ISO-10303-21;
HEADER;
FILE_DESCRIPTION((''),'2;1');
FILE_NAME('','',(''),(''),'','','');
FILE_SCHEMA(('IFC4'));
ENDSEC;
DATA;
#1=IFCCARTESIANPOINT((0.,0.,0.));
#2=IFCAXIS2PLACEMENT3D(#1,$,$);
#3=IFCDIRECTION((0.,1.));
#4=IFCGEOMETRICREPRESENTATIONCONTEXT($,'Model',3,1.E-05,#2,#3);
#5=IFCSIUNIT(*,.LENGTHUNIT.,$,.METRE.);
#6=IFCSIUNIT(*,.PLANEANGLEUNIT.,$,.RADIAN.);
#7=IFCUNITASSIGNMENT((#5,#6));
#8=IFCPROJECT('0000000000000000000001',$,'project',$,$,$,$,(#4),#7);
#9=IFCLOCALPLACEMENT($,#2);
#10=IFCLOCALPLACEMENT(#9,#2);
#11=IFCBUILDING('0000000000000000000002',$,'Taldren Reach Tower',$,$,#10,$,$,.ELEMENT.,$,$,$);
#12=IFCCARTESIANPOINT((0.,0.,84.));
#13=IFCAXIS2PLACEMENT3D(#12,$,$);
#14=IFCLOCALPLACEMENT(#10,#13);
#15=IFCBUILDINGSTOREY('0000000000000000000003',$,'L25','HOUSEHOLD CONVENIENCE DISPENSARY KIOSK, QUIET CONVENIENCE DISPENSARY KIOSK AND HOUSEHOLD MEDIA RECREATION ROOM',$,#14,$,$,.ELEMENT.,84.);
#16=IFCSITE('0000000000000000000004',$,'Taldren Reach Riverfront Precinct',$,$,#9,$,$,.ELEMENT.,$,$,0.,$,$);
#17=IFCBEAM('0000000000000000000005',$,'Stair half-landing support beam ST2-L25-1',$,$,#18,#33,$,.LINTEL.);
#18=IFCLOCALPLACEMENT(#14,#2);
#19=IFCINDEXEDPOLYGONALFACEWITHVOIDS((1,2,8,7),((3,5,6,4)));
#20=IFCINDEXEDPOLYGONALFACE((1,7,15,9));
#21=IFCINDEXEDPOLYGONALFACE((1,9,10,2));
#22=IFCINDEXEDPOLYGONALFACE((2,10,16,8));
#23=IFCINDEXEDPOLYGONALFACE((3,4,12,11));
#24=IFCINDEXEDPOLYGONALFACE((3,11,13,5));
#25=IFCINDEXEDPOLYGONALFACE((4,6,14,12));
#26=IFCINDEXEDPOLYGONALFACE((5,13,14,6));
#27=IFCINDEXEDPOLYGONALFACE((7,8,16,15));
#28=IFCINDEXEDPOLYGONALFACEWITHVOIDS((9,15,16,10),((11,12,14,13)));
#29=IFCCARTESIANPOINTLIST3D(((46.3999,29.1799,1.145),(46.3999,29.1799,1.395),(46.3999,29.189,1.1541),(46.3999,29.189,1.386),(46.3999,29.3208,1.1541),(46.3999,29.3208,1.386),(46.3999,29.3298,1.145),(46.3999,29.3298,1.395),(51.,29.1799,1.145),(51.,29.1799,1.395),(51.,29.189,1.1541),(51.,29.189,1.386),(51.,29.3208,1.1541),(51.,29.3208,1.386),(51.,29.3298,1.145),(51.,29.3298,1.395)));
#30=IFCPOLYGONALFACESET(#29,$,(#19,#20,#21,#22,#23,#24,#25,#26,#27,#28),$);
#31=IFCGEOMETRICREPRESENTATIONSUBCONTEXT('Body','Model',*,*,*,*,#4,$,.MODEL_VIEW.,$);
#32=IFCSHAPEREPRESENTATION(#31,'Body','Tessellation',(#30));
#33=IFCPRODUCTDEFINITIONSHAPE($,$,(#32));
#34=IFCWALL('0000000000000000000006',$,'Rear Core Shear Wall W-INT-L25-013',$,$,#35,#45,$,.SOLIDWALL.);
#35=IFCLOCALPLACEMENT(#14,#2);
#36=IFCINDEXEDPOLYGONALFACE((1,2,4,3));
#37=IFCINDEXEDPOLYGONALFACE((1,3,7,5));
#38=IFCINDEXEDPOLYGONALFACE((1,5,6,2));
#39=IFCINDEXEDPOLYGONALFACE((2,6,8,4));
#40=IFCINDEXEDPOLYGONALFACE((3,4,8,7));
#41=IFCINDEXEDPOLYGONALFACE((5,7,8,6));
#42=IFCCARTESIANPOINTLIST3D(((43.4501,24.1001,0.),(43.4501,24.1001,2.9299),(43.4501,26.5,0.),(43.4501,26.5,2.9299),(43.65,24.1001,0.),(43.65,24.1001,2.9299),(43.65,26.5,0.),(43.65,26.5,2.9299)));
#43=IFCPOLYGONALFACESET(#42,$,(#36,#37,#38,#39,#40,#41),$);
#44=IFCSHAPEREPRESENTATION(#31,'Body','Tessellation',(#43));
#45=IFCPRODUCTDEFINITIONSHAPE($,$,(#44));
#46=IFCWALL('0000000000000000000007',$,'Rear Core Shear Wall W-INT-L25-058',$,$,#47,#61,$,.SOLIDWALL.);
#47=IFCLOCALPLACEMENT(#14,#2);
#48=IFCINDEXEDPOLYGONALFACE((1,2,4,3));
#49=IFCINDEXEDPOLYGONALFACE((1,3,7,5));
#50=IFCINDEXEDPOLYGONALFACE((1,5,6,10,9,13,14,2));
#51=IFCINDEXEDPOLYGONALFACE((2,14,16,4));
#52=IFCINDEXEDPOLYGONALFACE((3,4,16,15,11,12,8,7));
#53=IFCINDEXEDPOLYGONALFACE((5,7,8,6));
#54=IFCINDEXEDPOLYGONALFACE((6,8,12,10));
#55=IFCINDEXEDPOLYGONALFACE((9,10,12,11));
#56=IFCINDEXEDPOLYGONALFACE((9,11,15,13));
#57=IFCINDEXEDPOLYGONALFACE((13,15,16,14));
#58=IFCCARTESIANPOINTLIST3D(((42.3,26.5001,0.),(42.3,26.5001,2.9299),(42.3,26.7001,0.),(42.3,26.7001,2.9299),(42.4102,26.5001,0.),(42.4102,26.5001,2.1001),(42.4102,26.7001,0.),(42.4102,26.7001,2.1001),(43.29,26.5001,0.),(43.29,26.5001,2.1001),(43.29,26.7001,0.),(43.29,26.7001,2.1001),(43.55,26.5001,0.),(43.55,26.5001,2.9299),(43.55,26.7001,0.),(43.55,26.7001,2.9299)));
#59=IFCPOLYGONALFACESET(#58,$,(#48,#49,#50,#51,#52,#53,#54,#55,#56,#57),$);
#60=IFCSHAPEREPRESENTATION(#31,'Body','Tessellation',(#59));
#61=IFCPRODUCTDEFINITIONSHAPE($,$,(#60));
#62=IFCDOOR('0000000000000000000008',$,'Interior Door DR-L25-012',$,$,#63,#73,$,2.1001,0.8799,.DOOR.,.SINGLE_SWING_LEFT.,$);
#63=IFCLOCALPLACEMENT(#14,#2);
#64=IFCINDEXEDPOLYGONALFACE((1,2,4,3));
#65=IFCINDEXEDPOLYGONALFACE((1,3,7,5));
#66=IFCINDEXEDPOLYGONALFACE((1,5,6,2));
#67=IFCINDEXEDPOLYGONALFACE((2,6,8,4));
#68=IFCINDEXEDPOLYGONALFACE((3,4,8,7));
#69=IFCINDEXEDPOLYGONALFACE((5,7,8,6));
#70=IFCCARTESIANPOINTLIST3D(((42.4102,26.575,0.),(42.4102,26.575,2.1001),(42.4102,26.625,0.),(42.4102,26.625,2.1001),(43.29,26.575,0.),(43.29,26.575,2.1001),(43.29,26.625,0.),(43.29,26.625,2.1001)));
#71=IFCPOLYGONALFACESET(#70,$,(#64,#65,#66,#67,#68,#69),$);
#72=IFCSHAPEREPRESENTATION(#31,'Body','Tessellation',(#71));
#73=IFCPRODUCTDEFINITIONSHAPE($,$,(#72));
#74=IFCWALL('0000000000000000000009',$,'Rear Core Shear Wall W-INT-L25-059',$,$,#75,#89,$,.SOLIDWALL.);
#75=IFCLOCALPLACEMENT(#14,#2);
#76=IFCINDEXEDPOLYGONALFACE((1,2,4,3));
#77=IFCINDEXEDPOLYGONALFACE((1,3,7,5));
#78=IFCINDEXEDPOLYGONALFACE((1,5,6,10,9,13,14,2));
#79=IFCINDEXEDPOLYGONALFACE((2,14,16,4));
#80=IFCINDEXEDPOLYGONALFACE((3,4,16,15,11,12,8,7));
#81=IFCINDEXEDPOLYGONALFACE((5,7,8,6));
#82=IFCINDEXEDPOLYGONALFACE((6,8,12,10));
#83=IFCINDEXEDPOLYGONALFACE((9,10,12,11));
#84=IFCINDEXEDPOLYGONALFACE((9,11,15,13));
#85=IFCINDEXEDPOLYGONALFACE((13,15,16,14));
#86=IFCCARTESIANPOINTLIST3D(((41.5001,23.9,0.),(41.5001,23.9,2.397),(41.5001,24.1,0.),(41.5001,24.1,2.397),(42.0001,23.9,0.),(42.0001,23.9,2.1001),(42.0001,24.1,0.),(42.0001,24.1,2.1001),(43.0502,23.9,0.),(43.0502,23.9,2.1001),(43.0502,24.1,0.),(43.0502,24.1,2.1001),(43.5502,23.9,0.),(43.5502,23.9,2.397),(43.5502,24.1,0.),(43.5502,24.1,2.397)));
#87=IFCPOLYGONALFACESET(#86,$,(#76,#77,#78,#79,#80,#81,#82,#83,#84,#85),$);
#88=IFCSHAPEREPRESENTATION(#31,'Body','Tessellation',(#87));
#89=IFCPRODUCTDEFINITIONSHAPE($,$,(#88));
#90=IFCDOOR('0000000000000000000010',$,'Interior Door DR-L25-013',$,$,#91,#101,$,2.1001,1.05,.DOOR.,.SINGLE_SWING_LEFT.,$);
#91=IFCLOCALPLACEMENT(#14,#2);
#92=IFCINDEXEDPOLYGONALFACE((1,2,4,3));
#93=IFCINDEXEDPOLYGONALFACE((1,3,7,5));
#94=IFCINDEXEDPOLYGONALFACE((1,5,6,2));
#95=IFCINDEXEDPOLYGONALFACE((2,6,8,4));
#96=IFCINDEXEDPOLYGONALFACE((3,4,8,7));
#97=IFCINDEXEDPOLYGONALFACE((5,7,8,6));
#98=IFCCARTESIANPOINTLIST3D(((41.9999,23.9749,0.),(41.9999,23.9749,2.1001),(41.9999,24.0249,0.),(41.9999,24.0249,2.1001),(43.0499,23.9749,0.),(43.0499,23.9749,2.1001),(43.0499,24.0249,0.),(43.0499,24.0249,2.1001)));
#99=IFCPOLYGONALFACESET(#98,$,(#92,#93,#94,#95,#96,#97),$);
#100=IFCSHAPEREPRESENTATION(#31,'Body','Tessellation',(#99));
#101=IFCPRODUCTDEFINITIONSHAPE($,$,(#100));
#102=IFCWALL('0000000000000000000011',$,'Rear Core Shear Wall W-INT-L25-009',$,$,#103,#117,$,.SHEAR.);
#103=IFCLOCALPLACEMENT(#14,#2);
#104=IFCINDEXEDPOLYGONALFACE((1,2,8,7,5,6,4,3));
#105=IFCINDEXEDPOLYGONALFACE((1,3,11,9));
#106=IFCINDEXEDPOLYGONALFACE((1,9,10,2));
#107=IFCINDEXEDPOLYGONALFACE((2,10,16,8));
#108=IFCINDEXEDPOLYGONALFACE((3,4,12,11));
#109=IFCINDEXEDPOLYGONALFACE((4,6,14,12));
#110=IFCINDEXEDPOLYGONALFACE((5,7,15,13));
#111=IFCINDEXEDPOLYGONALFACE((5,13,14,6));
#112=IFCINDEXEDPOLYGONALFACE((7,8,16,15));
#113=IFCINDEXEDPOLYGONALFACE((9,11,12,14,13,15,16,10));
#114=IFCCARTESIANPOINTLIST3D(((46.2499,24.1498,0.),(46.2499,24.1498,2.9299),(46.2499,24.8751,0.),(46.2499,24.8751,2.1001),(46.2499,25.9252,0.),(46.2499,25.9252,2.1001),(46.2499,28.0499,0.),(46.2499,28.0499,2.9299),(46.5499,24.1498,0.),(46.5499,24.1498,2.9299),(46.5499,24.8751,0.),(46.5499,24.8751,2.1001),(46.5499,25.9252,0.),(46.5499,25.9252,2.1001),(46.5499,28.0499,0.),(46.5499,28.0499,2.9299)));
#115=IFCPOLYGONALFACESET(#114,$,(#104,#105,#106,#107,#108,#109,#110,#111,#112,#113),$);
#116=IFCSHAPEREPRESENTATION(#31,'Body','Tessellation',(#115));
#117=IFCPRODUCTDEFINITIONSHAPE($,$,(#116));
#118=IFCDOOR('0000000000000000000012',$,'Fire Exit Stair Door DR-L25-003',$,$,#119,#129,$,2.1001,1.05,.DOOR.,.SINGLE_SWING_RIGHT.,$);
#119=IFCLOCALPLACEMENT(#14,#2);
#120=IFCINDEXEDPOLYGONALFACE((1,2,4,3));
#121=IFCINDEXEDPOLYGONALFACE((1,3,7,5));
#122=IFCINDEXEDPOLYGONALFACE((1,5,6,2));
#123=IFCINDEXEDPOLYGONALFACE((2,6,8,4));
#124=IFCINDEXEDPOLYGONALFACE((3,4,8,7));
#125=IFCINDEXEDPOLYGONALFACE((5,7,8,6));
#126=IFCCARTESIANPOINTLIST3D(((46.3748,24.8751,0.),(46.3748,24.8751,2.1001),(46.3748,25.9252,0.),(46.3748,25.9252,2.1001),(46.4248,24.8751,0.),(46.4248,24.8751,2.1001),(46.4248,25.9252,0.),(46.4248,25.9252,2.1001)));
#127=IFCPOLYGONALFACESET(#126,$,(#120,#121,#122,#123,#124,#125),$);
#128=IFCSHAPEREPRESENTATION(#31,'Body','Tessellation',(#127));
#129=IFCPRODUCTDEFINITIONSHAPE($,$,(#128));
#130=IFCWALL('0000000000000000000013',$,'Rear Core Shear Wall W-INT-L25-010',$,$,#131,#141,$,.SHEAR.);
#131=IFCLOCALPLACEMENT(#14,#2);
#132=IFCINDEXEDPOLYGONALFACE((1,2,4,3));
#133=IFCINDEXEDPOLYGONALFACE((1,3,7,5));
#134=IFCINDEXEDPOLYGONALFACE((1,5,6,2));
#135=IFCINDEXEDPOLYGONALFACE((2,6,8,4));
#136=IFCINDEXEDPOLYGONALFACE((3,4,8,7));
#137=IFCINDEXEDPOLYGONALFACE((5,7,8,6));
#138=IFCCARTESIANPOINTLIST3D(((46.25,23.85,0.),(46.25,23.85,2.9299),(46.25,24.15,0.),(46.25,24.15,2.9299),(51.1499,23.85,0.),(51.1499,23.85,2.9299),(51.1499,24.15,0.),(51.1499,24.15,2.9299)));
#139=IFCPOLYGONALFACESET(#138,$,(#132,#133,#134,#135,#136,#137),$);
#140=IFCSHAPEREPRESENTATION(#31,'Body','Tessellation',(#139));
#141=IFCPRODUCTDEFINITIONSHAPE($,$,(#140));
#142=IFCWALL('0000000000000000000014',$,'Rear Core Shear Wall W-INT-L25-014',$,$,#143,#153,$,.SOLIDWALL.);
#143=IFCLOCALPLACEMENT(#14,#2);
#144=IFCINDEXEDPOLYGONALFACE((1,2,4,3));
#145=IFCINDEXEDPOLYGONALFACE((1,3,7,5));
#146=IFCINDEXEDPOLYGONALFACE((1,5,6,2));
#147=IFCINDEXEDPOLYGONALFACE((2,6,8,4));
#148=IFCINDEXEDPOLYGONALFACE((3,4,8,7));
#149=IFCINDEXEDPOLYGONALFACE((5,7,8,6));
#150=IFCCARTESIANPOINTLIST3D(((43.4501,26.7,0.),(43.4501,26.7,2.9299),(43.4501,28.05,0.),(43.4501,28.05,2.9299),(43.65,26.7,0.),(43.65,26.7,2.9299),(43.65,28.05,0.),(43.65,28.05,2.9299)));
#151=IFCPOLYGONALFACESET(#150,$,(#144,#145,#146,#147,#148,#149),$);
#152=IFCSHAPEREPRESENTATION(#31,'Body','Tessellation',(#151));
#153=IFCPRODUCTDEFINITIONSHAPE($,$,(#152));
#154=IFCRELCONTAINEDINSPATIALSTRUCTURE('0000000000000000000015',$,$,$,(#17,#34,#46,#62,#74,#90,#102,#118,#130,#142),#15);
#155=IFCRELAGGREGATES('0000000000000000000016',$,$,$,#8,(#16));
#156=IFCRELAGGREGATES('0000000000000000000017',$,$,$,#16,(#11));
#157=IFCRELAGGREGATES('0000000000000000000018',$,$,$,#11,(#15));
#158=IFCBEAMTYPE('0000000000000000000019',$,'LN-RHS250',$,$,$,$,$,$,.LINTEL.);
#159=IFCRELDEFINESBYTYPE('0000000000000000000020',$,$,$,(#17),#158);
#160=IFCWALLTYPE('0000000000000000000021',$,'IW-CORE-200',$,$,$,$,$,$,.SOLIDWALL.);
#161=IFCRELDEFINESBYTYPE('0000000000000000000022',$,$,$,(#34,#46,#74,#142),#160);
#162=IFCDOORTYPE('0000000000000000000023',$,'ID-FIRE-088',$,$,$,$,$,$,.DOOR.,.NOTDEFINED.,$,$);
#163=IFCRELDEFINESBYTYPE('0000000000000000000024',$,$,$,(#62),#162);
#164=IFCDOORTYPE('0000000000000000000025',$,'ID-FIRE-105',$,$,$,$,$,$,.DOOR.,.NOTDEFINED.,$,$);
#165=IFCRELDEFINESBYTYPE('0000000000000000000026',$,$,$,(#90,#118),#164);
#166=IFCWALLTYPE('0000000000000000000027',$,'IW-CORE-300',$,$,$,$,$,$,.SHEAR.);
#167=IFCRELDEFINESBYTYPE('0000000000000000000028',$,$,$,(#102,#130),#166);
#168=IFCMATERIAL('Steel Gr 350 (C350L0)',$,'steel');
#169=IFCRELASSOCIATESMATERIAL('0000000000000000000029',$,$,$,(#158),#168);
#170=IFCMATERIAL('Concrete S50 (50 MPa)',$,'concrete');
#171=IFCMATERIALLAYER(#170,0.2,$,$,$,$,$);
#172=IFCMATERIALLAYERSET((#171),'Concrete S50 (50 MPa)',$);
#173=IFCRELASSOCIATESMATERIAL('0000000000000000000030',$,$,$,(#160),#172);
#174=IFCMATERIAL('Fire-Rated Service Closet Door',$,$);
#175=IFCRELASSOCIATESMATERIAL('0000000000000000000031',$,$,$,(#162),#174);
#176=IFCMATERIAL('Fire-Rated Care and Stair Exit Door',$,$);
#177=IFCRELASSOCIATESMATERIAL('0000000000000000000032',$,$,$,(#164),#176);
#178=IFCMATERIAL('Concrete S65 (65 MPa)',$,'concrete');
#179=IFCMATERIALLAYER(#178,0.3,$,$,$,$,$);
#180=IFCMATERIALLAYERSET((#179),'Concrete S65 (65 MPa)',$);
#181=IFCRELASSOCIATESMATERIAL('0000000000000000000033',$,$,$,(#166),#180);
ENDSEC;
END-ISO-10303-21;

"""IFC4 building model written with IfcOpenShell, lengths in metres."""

from ifc_helpers import new_model, si_unit, direction, frame, frame_2d, origin, origin_2d, place, context, subcontext, project, spatial, rectangle, hollow_rectangle, extrude, source, transform, mapped, material, layer, layer_set, material_profile, profile_set, type_object, element, fill, save


model = new_model("IFC4")

# Units and contexts
model_context = context("Model", 3, precision=1e-05, world=origin(), true_north=direction((0.0, 1.0)))
body_context = subcontext(model_context, "Body", "Model", "MODEL_VIEW")
ifc_project = project(units=[si_unit("LENGTHUNIT", "METRE"), si_unit("PLANEANGLEUNIT", "RADIAN")], contexts=[model_context])

# Site, building, storey
site_placement = place(None, origin())
site = spatial("IfcSite", under=ifc_project, at=site_placement, Name="Taldren Reach Riverfront Precinct", CompositionType="ELEMENT", RefElevation=0.0)
building_placement = place(site_placement, origin())
building = spatial("IfcBuilding", under=site, at=building_placement, Name="Taldren Reach Tower", CompositionType="ELEMENT")
storey_placement = place(building_placement, frame((0.0, 0.0, 84.0)))
storey = spatial("IfcBuildingStorey", under=building, at=storey_placement, Name="L25", Description="HOUSEHOLD CONVENIENCE DISPENSARY KIOSK, QUIET CONVENIENCE DISPENSARY KIOSK AND HOUSEHOLD MEDIA RECREATION ROOM", CompositionType="ELEMENT", Elevation=84.0)

# Beam
ifc_material_1 = material(Name="Steel Gr 350 (C350L0)", Category="steel")
ifc_material_profile = material_profile(ifc_material_1, hollow_rectangle(XDim=0.1499, YDim=0.25, WallThickness=0.009, at=origin_2d()), Name="250x150x9.0RHS")
ifc_profile_set = profile_set([ifc_material_profile], Name="Steel Gr 350 (C350L0)")
beam_type = type_object("IfcBeamType", Name="LN-RHS250", PredefinedType="LINTEL", material=ifc_profile_set)
shared_shape_1 = source(origin(), body_context, "Body", "SweptSolid", [
    extrude(hollow_rectangle(XDim=0.1499, YDim=0.25, WallThickness=0.009, at=origin_2d()), origin(), (0.0, 0.0, 1.0), 4.6001),
])
beam_placement = place(storey_placement, frame((46.3999, 29.2549, 1.27), z_axis=(1.0, 0.0, 0.0), x_axis=(0.0, 1.0, 0.0)))
element("IfcBeam", 1, at=beam_placement, inside=storey, type_object=beam_type, Name="Stair half-landing support beam ST2-L25-1", PredefinedType="LINTEL", context=body_context, shape_type="MappedRepresentation", body=[
    mapped(shared_shape_1, transform((0.0, 0.0, 0.0), scale=1.0)),
])

# Wall
ifc_material_2 = material(Name="Concrete S50 (50 MPa)", Category="concrete")
ifc_layer_1 = layer(ifc_material_2, 0.2)
ifc_layer_set_1 = layer_set([ifc_layer_1], Name="Concrete S50 (50 MPa)")
wall_type_1 = type_object("IfcWallType", Name="IW-CORE-200", PredefinedType="SOLIDWALL", material=ifc_layer_set_1)
shared_shape_2 = source(origin(), body_context, "Body", "SweptSolid", [
    extrude(rectangle(XDim=2.3999, YDim=0.2, at=frame_2d((1.2, 0.0))), origin(), (0.0, 0.0, 1.0), 2.9299),
])
wall_1_placement = place(storey_placement, frame((43.55, 26.5, 0.0), z_axis=(0.0, 0.0, 1.0), x_axis=(0.0, -1.0, 0.0)))
element("IfcWall", 2, at=wall_1_placement, inside=storey, type_object=wall_type_1, Name="Rear Core Shear Wall W-INT-L25-013", PredefinedType="SOLIDWALL", context=body_context, shape_type="MappedRepresentation", body=[
    mapped(shared_shape_2, transform((0.0, 0.0, 0.0), scale=1.0)),
])

# Walls, openings, doors
shared_shape_3 = source(origin(), body_context, "Body", "SweptSolid", [
    extrude(rectangle(XDim=1.25, YDim=0.2, at=frame_2d((0.625, 0.0))), origin(), (0.0, 0.0, 1.0), 2.9299),
])
wall_2_placement = place(storey_placement, frame((42.3, 26.6001, 0.0), z_axis=(0.0, 0.0, 1.0), x_axis=(1.0, 0.0, 0.0)))
wall_2 = element("IfcWall", 3, at=wall_2_placement, inside=storey, type_object=wall_type_1, Name="Rear Core Shear Wall W-INT-L25-058", PredefinedType="SOLIDWALL", context=body_context, shape_type="MappedRepresentation", body=[
    mapped(shared_shape_3, transform((0.0, 0.0, 0.0), scale=1.0)),
])
shared_shape_4 = source(origin(), body_context, "Body", "SweptSolid", [
    extrude(rectangle(XDim=0.8799, YDim=2.1001, at=frame_2d((0.4399, 1.05))), frame((0.0, 0.1099, 0.0), z_axis=(0.0, -1.0, 0.0), x_axis=(1.0, 0.0, 0.0)), (0.0, 0.0, 1.0), 0.22),
])
opening_1_placement = place(wall_2_placement, frame((0.1101, 0.0, 0.0)))
opening_1 = element("IfcOpeningElement", 4, at=opening_1_placement, cuts=wall_2, PredefinedType="OPENING", context=body_context, shape_type="MappedRepresentation", body=[
    mapped(shared_shape_4, transform((0.0, 0.0, 0.0), scale=1.0)),
])
ifc_material_3 = material(Name="Fire-Rated Service Closet Door")
door_type_1 = type_object("IfcDoorType", Name="ID-FIRE-088", OperationType="NOTDEFINED", PredefinedType="DOOR", material=ifc_material_3)
shared_shape_5 = source(origin(), body_context, "Body", "SweptSolid", [
    extrude(rectangle(XDim=0.8799, YDim=2.1001, at=frame_2d((0.4399, 1.05))), frame((0.0, 0.0249, 0.0), z_axis=(0.0, -1.0, 0.0), x_axis=(1.0, 0.0, 0.0)), (0.0, 0.0, 1.0), 0.05),
])
door_1_placement = place(opening_1_placement, origin())
door_1 = element("IfcDoor", 5, at=door_1_placement, inside=storey, type_object=door_type_1, Name="Interior Door DR-L25-012", OperationType="SINGLE_SWING_LEFT", OverallHeight=2.1001, OverallWidth=0.8799, PredefinedType="DOOR", context=body_context, shape_type="MappedRepresentation", body=[
    mapped(shared_shape_5, transform((0.0, 0.0, 0.0), scale=1.0)),
])
fill(opening_1, door_1)
shared_shape_6 = source(origin(), body_context, "Body", "SweptSolid", [
    extrude(rectangle(XDim=2.05, YDim=0.2, at=frame_2d((1.0249, 0.0))), origin(), (0.0, 0.0, 1.0), 2.397),
])
wall_3_placement = place(storey_placement, frame((43.55, 24.0, 0.0), z_axis=(0.0, 0.0, 1.0), x_axis=(-1.0, 0.0, 0.0)))
wall_3 = element("IfcWall", 6, at=wall_3_placement, inside=storey, type_object=wall_type_1, Name="Rear Core Shear Wall W-INT-L25-059", PredefinedType="SOLIDWALL", context=body_context, shape_type="MappedRepresentation", body=[
    mapped(shared_shape_6, transform((0.0, 0.0, 0.0), scale=1.0)),
])
shared_shape_7 = source(origin(), body_context, "Body", "SweptSolid", [
    extrude(rectangle(XDim=1.05, YDim=2.1001, at=frame_2d((0.5249, 1.05))), frame((0.0, 0.1099, 0.0), z_axis=(0.0, -1.0, 0.0), x_axis=(1.0, 0.0, 0.0)), (0.0, 0.0, 1.0), 0.22),
])
opening_2_placement = place(wall_3_placement, frame((0.5, 0.0, 0.0)))
opening_2 = element("IfcOpeningElement", 7, at=opening_2_placement, cuts=wall_3, PredefinedType="OPENING", context=body_context, shape_type="MappedRepresentation", body=[
    mapped(shared_shape_7, transform((0.0, 0.0, 0.0), scale=1.0)),
])
ifc_material_4 = material(Name="Fire-Rated Care and Stair Exit Door")
door_type_2 = type_object("IfcDoorType", Name="ID-FIRE-105", OperationType="NOTDEFINED", PredefinedType="DOOR", material=ifc_material_4)
shared_shape_8 = source(origin(), body_context, "Body", "SweptSolid", [
    extrude(rectangle(XDim=1.05, YDim=2.1001, at=frame_2d((0.5249, 1.05))), frame((0.0, 0.0249, 0.0), z_axis=(0.0, -1.0, 0.0), x_axis=(1.0, 0.0, 0.0)), (0.0, 0.0, 1.0), 0.05),
])
door_2_placement = place(opening_2_placement, frame((1.05, 0.0, 0.0), z_axis=(0.0, 0.0, 1.0), x_axis=(-1.0, 0.0, 0.0)))
door_2 = element("IfcDoor", 8, at=door_2_placement, inside=storey, type_object=door_type_2, Name="Interior Door DR-L25-013", OperationType="SINGLE_SWING_LEFT", OverallHeight=2.1001, OverallWidth=1.05, PredefinedType="DOOR", context=body_context, shape_type="MappedRepresentation", body=[
    mapped(shared_shape_8, transform((0.0, 0.0, 0.0), scale=1.0)),
])
fill(opening_2, door_2)
ifc_material_5 = material(Name="Concrete S65 (65 MPa)", Category="concrete")
ifc_layer_2 = layer(ifc_material_5, 0.3)
ifc_layer_set_2 = layer_set([ifc_layer_2], Name="Concrete S65 (65 MPa)")
wall_type_2 = type_object("IfcWallType", Name="IW-CORE-300", PredefinedType="SHEAR", material=ifc_layer_set_2)
shared_shape_9 = source(origin(), body_context, "Body", "SweptSolid", [
    extrude(rectangle(XDim=3.9001, YDim=0.3, at=frame_2d((1.9502, 0.0))), origin(), (0.0, 0.0, 1.0), 2.9299),
])
wall_4_placement = place(storey_placement, frame((46.3999, 28.05, 0.0), z_axis=(0.0, 0.0, 1.0), x_axis=(0.0, -1.0, 0.0)))
wall_4 = element("IfcWall", 9, at=wall_4_placement, inside=storey, type_object=wall_type_2, Name="Rear Core Shear Wall W-INT-L25-009", PredefinedType="SHEAR", context=body_context, shape_type="MappedRepresentation", body=[
    mapped(shared_shape_9, transform((0.0, 0.0, 0.0), scale=1.0)),
])
shared_shape_10 = source(origin(), body_context, "Body", "SweptSolid", [
    extrude(rectangle(XDim=1.05, YDim=2.1001, at=frame_2d((0.5249, 1.05))), frame((0.0, 0.1602, 0.0), z_axis=(0.0, -1.0, 0.0), x_axis=(1.0, 0.0, 0.0)), (0.0, 0.0, 1.0), 0.3201),
])
opening_3_placement = place(wall_4_placement, frame((2.125, 0.0, 0.0)))
opening_3 = element("IfcOpeningElement", 10, at=opening_3_placement, cuts=wall_4, PredefinedType="OPENING", context=body_context, shape_type="MappedRepresentation", body=[
    mapped(shared_shape_10, transform((0.0, 0.0, 0.0), scale=1.0)),
])
door_3_placement = place(opening_3_placement, origin())
door_3 = element("IfcDoor", 11, at=door_3_placement, inside=storey, type_object=door_type_2, Name="Fire Exit Stair Door DR-L25-003", OperationType="SINGLE_SWING_RIGHT", OverallHeight=2.1001, OverallWidth=1.05, PredefinedType="DOOR", context=body_context, shape_type="MappedRepresentation", body=[
    mapped(shared_shape_8, transform((0.0, 0.0, 0.0), scale=1.0)),
])
fill(opening_3, door_3)

# Wall
shared_shape_11 = source(origin(), body_context, "Body", "SweptSolid", [
    extrude(rectangle(XDim=4.8999, YDim=0.3, at=frame_2d((2.45, 0.0))), origin(), (0.0, 0.0, 1.0), 2.9299),
])
wall_5_placement = place(storey_placement, frame((46.25, 24.0, 0.0), z_axis=(0.0, 0.0, 1.0), x_axis=(1.0, 0.0, 0.0)))
element("IfcWall", 12, at=wall_5_placement, inside=storey, type_object=wall_type_2, Name="Rear Core Shear Wall W-INT-L25-010", PredefinedType="SHEAR", context=body_context, shape_type="MappedRepresentation", body=[
    mapped(shared_shape_11, transform((0.0, 0.0, 0.0), scale=1.0)),
])

# Wall
shared_shape_12 = source(origin(), body_context, "Body", "SweptSolid", [
    extrude(rectangle(XDim=1.3501, YDim=0.2, at=frame_2d((0.675, 0.0))), origin(), (0.0, 0.0, 1.0), 2.9299),
])
wall_6_placement = place(storey_placement, frame((43.55, 28.05, 0.0), z_axis=(0.0, 0.0, 1.0), x_axis=(0.0, -1.0, 0.0)))
element("IfcWall", 13, at=wall_6_placement, inside=storey, type_object=wall_type_1, Name="Rear Core Shear Wall W-INT-L25-014", PredefinedType="SOLIDWALL", context=body_context, shape_type="MappedRepresentation", body=[
    mapped(shared_shape_12, transform((0.0, 0.0, 0.0), scale=1.0)),
])

save(model, "model.ifc")
